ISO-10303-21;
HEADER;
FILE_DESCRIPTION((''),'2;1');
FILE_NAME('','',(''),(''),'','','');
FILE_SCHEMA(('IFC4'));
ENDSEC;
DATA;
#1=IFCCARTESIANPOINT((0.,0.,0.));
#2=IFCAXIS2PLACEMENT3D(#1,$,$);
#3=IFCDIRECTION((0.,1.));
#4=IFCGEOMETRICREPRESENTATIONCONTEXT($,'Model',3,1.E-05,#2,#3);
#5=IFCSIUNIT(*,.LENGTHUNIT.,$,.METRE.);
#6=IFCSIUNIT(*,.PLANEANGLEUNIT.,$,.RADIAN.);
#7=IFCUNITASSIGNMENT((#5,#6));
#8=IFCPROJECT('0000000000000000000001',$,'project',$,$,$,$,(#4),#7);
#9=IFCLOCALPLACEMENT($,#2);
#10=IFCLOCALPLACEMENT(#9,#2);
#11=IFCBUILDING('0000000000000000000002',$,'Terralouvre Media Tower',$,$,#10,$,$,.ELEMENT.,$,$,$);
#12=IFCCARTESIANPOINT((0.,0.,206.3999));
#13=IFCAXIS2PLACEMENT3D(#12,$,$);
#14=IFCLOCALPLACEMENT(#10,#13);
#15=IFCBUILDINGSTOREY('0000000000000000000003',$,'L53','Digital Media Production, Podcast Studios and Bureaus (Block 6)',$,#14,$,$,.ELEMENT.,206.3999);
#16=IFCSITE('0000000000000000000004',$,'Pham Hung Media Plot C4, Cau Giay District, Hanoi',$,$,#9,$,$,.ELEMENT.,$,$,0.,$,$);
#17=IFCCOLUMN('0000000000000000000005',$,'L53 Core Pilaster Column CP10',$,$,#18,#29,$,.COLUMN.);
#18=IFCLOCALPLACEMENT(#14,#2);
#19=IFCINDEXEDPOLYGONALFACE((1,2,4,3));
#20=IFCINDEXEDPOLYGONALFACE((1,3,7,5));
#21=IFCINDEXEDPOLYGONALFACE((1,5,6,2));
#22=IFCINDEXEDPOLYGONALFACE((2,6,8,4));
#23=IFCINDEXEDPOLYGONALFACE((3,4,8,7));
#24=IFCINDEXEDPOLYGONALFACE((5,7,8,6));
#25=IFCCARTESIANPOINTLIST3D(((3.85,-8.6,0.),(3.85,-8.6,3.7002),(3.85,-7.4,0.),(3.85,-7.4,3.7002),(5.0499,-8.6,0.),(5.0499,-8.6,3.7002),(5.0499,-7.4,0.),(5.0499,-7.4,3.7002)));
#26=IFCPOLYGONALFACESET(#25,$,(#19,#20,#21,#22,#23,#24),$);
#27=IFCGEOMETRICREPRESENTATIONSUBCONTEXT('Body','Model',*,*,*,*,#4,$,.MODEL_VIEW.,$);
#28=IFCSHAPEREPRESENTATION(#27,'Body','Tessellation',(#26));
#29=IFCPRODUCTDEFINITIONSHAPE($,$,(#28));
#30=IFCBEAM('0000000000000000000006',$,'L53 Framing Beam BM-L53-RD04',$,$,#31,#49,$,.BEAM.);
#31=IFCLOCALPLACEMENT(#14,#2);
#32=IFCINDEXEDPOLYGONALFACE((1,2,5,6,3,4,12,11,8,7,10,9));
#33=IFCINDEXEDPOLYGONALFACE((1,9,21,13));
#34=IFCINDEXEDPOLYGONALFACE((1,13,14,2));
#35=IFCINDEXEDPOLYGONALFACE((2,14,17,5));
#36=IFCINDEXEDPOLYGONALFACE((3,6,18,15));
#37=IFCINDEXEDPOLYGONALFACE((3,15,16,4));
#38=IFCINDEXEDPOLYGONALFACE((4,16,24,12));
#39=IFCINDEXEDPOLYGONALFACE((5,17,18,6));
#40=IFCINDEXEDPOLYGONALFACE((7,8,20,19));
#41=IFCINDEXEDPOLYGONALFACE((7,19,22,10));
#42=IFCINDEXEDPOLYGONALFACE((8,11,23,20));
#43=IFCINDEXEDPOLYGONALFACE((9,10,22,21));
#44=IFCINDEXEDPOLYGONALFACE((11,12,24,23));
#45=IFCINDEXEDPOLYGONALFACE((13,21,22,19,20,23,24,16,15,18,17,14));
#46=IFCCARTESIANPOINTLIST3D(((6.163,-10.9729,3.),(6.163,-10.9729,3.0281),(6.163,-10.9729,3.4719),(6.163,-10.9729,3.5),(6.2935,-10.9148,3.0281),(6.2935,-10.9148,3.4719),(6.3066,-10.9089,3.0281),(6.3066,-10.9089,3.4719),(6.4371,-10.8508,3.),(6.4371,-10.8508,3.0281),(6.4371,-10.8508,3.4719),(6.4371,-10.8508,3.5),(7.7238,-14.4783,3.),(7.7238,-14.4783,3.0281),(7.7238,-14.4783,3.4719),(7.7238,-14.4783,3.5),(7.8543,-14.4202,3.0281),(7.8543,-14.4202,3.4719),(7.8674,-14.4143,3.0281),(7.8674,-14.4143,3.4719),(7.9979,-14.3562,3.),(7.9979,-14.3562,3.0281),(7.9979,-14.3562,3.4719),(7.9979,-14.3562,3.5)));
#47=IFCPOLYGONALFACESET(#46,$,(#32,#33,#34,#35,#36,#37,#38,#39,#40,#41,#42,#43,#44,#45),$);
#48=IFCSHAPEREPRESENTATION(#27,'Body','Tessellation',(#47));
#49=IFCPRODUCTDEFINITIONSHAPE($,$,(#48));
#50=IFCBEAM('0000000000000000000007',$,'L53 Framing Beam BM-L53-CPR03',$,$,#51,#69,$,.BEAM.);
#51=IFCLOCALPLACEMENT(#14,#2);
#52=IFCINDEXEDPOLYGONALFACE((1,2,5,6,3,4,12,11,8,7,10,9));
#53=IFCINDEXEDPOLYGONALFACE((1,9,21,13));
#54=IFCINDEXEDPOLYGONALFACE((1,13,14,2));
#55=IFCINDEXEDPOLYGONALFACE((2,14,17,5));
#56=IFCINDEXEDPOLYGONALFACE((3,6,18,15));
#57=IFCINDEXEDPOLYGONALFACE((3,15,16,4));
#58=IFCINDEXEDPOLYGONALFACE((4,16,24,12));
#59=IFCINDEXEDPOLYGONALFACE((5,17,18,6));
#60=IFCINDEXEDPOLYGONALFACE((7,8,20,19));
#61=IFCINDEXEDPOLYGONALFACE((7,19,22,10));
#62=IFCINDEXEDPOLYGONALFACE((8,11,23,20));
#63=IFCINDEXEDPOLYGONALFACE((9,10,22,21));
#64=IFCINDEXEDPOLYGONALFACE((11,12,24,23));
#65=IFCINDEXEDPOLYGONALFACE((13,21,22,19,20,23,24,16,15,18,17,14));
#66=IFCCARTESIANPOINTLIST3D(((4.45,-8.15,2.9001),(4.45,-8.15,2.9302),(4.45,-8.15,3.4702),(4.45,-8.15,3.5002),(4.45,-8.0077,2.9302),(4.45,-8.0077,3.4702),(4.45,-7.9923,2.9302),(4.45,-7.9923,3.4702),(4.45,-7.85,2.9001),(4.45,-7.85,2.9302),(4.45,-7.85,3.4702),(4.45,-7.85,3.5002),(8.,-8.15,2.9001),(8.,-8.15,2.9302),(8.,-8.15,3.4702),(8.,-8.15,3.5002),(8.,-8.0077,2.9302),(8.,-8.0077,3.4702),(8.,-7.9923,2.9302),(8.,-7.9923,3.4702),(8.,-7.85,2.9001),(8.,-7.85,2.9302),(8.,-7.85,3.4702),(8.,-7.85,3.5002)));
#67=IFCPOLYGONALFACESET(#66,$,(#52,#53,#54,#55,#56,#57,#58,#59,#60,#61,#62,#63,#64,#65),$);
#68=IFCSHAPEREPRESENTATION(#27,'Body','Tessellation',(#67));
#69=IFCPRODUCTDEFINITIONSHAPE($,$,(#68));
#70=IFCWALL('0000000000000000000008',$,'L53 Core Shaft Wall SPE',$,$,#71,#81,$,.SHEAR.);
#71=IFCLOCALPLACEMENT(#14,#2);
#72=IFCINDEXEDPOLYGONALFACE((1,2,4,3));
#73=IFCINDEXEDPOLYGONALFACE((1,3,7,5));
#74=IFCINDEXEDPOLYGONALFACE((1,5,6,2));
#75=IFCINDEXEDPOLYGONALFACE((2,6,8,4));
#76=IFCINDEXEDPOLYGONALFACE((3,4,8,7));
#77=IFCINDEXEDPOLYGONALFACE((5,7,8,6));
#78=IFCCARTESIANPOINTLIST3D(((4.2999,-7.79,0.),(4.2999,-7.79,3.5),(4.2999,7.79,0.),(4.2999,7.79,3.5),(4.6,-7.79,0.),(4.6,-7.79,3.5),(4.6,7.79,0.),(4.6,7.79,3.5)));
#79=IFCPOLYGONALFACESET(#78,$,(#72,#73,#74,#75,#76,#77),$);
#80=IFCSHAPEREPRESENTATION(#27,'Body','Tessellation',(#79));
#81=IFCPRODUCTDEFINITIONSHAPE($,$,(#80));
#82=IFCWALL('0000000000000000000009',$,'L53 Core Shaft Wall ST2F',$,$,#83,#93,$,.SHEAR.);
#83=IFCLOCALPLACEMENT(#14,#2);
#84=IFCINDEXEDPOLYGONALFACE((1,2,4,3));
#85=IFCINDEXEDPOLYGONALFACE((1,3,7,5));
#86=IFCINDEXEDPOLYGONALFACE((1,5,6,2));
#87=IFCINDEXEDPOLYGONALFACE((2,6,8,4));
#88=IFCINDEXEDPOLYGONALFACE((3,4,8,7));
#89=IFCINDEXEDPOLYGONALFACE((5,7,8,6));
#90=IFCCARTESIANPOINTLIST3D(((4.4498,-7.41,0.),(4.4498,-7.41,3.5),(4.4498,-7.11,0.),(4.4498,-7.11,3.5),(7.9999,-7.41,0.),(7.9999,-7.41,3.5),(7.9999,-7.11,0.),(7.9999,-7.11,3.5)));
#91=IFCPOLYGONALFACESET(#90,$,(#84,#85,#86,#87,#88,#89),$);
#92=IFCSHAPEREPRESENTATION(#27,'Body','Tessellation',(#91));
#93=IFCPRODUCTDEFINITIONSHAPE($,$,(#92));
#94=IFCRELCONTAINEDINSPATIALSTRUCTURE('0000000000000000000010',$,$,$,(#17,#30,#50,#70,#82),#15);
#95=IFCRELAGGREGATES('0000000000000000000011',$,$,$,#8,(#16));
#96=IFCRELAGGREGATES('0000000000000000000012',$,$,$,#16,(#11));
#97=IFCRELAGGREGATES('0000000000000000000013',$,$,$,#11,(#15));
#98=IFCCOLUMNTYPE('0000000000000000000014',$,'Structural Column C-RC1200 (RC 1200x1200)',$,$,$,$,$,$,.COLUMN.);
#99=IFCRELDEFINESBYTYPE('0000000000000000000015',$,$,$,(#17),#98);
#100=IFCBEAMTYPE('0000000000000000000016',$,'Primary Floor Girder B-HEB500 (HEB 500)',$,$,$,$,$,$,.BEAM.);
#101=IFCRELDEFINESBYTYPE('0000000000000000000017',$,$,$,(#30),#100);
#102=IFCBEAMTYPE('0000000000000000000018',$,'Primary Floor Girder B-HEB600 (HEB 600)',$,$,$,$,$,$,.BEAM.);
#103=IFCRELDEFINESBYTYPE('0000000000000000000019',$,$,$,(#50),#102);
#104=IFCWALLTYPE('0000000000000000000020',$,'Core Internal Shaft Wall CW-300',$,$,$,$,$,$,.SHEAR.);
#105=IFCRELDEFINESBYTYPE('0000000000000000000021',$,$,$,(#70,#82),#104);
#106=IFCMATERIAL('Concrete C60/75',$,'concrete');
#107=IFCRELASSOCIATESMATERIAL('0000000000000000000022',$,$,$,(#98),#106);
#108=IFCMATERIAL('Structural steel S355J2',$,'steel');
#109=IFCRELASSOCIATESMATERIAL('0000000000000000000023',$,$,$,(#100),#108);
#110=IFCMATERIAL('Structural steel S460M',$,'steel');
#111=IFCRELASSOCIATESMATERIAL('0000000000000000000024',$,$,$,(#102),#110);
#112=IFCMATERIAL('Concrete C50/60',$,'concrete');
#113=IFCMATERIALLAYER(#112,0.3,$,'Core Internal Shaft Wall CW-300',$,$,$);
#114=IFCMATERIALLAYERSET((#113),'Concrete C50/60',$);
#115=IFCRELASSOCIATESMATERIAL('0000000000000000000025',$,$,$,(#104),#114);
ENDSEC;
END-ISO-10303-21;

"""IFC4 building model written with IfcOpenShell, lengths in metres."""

from ifc_helpers import new_model, si_unit, direction, frame, frame_2d, origin, origin_2d, place, context, subcontext, project, spatial, rectangle, i_section, extrude, material, layer, layer_set, material_profile, profile_set, type_object, element, save


model = new_model("IFC4")

# Units and contexts
model_context = context("Model", 3, precision=1e-05, world=origin(), true_north=direction((0.0, 1.0)))
body_context = subcontext(model_context, "Body", "Model", "MODEL_VIEW")
ifc_project = project(units=[si_unit("LENGTHUNIT", "METRE"), si_unit("PLANEANGLEUNIT", "RADIAN")], contexts=[model_context])

# Site, building, storey
site_placement = place(None, origin())
site = spatial("IfcSite", under=ifc_project, at=site_placement, Name="Pham Hung Media Plot C4, Cau Giay District, Hanoi", CompositionType="ELEMENT", RefElevation=0.0)
building_placement = place(site_placement, origin())
building = spatial("IfcBuilding", under=site, at=building_placement, Name="Terralouvre Media Tower", CompositionType="ELEMENT")
storey_placement = place(building_placement, frame((0.0, 0.0, 206.3999)))
storey = spatial("IfcBuildingStorey", under=building, at=storey_placement, Name="L53", Description="Digital Media Production, Podcast Studios and Bureaus (Block 6)", CompositionType="ELEMENT", Elevation=206.3999)

# Column
ifc_material_1 = material(Name="Concrete C60/75", Category="concrete")
ifc_material_profile_1 = material_profile(ifc_material_1, rectangle(XDim=1.2, YDim=1.2, at=origin_2d()), Name="RC 1200x1200")
ifc_profile_set_1 = profile_set([ifc_material_profile_1], Name="Concrete C60/75")
column_type = type_object("IfcColumnType", Name="Structural Column C-RC1200 (RC 1200x1200)", PredefinedType="COLUMN", material=ifc_profile_set_1)
column_placement = place(storey_placement, frame((4.45, -8.0, 0.0), z_axis=(0.0, 0.0, 1.0), x_axis=(1.0, 0.0, 0.0)))
element("IfcColumn", 1, at=column_placement, inside=storey, type_object=column_type, Name="L53 Core Pilaster Column CP10", PredefinedType="COLUMN", context=body_context, shape_type="SweptSolid", body=[
    extrude(rectangle(XDim=1.2, YDim=1.2, at=origin_2d()), origin(), (0.0, 0.0, 1.0), 3.7002),
])

# Beams
ifc_material_2 = material(Name="Structural steel S355J2", Category="steel")
ifc_material_profile_2 = material_profile(ifc_material_2, i_section(OverallWidth=0.3, OverallDepth=0.5, WebThickness=0.0144, FlangeThickness=0.0281, at=origin_2d()), Name="HEB 500")
ifc_profile_set_2 = profile_set([ifc_material_profile_2], Name="Structural steel S355J2")
beam_type_1 = type_object("IfcBeamType", Name="Primary Floor Girder B-HEB500 (HEB 500)", PredefinedType="BEAM", material=ifc_profile_set_2)
beam_1_placement = place(storey_placement, frame((6.3, -10.9119, 3.25), z_axis=(0.406758, -0.913536, 0.0), x_axis=(0.913536, 0.406758, 0.0)))
element("IfcBeam", 2, at=beam_1_placement, inside=storey, type_object=beam_type_1, Name="L53 Framing Beam BM-L53-RD04", PredefinedType="BEAM", context=body_context, shape_type="SweptSolid", body=[
    extrude(i_section(OverallWidth=0.3, OverallDepth=0.5, WebThickness=0.0144, FlangeThickness=0.0281, at=origin_2d()), origin(), (0.0, 0.0, 1.0), 3.8372),
])
ifc_material_3 = material(Name="Structural steel S460M", Category="steel")
ifc_material_profile_3 = material_profile(ifc_material_3, i_section(OverallWidth=0.3, OverallDepth=0.6001, WebThickness=0.0154, FlangeThickness=0.03, at=origin_2d()), Name="HEB 600")
ifc_profile_set_3 = profile_set([ifc_material_profile_3], Name="Structural steel S460M")
beam_type_2 = type_object("IfcBeamType", Name="Primary Floor Girder B-HEB600 (HEB 600)", PredefinedType="BEAM", material=ifc_profile_set_3)
beam_2_placement = place(storey_placement, frame((4.45, -8.0, 3.2002), z_axis=(1.0, 0.0, 0.0), x_axis=(0.0, 1.0, 0.0)))
element("IfcBeam", 3, at=beam_2_placement, inside=storey, type_object=beam_type_2, Name="L53 Framing Beam BM-L53-CPR03", PredefinedType="BEAM", context=body_context, shape_type="SweptSolid", body=[
    extrude(i_section(OverallWidth=0.3, OverallDepth=0.6001, WebThickness=0.0154, FlangeThickness=0.03, at=origin_2d()), origin(), (0.0, 0.0, 1.0), 3.55),
])

# Wall
ifc_material_4 = material(Name="Concrete C50/60", Category="concrete")
ifc_layer_1 = layer(ifc_material_4, 0.3, Name="Core Internal Shaft Wall CW-300")
ifc_layer_set_1 = layer_set([ifc_layer_1], Name="Concrete C50/60")
wall_type_1 = type_object("IfcWallType", Name="Core Internal Shaft Wall CW-300", PredefinedType="SHEAR", material=ifc_layer_set_1)
wall_1_placement = place(storey_placement, frame((4.45, -7.79, 0.0), z_axis=(0.0, 0.0, 1.0), x_axis=(0.0, 1.0, 0.0)))
element("IfcWall", 4, at=wall_1_placement, inside=storey, type_object=wall_type_1, Name="L53 Core Shaft Wall SPE", PredefinedType="SHEAR", context=body_context, shape_type="SweptSolid", body=[
    extrude(rectangle(XDim=15.5801, YDim=0.3, at=frame_2d((7.79, 0.0))), origin(), (0.0, 0.0, 1.0), 3.5),
])

# Wall
wall_2_placement = place(storey_placement, frame((4.45, -7.26, 0.0), z_axis=(0.0, 0.0, 1.0), x_axis=(1.0, 0.0, 0.0)))
element("IfcWall", 5, at=wall_2_placement, inside=storey, type_object=wall_type_1, Name="L53 Core Shaft Wall ST2F", PredefinedType="SHEAR", context=body_context, shape_type="SweptSolid", body=[
    extrude(rectangle(XDim=3.55, YDim=0.3, at=frame_2d((1.7749, 0.0))), origin(), (0.0, 0.0, 1.0), 3.5),
])

save(model, "model.ifc")
